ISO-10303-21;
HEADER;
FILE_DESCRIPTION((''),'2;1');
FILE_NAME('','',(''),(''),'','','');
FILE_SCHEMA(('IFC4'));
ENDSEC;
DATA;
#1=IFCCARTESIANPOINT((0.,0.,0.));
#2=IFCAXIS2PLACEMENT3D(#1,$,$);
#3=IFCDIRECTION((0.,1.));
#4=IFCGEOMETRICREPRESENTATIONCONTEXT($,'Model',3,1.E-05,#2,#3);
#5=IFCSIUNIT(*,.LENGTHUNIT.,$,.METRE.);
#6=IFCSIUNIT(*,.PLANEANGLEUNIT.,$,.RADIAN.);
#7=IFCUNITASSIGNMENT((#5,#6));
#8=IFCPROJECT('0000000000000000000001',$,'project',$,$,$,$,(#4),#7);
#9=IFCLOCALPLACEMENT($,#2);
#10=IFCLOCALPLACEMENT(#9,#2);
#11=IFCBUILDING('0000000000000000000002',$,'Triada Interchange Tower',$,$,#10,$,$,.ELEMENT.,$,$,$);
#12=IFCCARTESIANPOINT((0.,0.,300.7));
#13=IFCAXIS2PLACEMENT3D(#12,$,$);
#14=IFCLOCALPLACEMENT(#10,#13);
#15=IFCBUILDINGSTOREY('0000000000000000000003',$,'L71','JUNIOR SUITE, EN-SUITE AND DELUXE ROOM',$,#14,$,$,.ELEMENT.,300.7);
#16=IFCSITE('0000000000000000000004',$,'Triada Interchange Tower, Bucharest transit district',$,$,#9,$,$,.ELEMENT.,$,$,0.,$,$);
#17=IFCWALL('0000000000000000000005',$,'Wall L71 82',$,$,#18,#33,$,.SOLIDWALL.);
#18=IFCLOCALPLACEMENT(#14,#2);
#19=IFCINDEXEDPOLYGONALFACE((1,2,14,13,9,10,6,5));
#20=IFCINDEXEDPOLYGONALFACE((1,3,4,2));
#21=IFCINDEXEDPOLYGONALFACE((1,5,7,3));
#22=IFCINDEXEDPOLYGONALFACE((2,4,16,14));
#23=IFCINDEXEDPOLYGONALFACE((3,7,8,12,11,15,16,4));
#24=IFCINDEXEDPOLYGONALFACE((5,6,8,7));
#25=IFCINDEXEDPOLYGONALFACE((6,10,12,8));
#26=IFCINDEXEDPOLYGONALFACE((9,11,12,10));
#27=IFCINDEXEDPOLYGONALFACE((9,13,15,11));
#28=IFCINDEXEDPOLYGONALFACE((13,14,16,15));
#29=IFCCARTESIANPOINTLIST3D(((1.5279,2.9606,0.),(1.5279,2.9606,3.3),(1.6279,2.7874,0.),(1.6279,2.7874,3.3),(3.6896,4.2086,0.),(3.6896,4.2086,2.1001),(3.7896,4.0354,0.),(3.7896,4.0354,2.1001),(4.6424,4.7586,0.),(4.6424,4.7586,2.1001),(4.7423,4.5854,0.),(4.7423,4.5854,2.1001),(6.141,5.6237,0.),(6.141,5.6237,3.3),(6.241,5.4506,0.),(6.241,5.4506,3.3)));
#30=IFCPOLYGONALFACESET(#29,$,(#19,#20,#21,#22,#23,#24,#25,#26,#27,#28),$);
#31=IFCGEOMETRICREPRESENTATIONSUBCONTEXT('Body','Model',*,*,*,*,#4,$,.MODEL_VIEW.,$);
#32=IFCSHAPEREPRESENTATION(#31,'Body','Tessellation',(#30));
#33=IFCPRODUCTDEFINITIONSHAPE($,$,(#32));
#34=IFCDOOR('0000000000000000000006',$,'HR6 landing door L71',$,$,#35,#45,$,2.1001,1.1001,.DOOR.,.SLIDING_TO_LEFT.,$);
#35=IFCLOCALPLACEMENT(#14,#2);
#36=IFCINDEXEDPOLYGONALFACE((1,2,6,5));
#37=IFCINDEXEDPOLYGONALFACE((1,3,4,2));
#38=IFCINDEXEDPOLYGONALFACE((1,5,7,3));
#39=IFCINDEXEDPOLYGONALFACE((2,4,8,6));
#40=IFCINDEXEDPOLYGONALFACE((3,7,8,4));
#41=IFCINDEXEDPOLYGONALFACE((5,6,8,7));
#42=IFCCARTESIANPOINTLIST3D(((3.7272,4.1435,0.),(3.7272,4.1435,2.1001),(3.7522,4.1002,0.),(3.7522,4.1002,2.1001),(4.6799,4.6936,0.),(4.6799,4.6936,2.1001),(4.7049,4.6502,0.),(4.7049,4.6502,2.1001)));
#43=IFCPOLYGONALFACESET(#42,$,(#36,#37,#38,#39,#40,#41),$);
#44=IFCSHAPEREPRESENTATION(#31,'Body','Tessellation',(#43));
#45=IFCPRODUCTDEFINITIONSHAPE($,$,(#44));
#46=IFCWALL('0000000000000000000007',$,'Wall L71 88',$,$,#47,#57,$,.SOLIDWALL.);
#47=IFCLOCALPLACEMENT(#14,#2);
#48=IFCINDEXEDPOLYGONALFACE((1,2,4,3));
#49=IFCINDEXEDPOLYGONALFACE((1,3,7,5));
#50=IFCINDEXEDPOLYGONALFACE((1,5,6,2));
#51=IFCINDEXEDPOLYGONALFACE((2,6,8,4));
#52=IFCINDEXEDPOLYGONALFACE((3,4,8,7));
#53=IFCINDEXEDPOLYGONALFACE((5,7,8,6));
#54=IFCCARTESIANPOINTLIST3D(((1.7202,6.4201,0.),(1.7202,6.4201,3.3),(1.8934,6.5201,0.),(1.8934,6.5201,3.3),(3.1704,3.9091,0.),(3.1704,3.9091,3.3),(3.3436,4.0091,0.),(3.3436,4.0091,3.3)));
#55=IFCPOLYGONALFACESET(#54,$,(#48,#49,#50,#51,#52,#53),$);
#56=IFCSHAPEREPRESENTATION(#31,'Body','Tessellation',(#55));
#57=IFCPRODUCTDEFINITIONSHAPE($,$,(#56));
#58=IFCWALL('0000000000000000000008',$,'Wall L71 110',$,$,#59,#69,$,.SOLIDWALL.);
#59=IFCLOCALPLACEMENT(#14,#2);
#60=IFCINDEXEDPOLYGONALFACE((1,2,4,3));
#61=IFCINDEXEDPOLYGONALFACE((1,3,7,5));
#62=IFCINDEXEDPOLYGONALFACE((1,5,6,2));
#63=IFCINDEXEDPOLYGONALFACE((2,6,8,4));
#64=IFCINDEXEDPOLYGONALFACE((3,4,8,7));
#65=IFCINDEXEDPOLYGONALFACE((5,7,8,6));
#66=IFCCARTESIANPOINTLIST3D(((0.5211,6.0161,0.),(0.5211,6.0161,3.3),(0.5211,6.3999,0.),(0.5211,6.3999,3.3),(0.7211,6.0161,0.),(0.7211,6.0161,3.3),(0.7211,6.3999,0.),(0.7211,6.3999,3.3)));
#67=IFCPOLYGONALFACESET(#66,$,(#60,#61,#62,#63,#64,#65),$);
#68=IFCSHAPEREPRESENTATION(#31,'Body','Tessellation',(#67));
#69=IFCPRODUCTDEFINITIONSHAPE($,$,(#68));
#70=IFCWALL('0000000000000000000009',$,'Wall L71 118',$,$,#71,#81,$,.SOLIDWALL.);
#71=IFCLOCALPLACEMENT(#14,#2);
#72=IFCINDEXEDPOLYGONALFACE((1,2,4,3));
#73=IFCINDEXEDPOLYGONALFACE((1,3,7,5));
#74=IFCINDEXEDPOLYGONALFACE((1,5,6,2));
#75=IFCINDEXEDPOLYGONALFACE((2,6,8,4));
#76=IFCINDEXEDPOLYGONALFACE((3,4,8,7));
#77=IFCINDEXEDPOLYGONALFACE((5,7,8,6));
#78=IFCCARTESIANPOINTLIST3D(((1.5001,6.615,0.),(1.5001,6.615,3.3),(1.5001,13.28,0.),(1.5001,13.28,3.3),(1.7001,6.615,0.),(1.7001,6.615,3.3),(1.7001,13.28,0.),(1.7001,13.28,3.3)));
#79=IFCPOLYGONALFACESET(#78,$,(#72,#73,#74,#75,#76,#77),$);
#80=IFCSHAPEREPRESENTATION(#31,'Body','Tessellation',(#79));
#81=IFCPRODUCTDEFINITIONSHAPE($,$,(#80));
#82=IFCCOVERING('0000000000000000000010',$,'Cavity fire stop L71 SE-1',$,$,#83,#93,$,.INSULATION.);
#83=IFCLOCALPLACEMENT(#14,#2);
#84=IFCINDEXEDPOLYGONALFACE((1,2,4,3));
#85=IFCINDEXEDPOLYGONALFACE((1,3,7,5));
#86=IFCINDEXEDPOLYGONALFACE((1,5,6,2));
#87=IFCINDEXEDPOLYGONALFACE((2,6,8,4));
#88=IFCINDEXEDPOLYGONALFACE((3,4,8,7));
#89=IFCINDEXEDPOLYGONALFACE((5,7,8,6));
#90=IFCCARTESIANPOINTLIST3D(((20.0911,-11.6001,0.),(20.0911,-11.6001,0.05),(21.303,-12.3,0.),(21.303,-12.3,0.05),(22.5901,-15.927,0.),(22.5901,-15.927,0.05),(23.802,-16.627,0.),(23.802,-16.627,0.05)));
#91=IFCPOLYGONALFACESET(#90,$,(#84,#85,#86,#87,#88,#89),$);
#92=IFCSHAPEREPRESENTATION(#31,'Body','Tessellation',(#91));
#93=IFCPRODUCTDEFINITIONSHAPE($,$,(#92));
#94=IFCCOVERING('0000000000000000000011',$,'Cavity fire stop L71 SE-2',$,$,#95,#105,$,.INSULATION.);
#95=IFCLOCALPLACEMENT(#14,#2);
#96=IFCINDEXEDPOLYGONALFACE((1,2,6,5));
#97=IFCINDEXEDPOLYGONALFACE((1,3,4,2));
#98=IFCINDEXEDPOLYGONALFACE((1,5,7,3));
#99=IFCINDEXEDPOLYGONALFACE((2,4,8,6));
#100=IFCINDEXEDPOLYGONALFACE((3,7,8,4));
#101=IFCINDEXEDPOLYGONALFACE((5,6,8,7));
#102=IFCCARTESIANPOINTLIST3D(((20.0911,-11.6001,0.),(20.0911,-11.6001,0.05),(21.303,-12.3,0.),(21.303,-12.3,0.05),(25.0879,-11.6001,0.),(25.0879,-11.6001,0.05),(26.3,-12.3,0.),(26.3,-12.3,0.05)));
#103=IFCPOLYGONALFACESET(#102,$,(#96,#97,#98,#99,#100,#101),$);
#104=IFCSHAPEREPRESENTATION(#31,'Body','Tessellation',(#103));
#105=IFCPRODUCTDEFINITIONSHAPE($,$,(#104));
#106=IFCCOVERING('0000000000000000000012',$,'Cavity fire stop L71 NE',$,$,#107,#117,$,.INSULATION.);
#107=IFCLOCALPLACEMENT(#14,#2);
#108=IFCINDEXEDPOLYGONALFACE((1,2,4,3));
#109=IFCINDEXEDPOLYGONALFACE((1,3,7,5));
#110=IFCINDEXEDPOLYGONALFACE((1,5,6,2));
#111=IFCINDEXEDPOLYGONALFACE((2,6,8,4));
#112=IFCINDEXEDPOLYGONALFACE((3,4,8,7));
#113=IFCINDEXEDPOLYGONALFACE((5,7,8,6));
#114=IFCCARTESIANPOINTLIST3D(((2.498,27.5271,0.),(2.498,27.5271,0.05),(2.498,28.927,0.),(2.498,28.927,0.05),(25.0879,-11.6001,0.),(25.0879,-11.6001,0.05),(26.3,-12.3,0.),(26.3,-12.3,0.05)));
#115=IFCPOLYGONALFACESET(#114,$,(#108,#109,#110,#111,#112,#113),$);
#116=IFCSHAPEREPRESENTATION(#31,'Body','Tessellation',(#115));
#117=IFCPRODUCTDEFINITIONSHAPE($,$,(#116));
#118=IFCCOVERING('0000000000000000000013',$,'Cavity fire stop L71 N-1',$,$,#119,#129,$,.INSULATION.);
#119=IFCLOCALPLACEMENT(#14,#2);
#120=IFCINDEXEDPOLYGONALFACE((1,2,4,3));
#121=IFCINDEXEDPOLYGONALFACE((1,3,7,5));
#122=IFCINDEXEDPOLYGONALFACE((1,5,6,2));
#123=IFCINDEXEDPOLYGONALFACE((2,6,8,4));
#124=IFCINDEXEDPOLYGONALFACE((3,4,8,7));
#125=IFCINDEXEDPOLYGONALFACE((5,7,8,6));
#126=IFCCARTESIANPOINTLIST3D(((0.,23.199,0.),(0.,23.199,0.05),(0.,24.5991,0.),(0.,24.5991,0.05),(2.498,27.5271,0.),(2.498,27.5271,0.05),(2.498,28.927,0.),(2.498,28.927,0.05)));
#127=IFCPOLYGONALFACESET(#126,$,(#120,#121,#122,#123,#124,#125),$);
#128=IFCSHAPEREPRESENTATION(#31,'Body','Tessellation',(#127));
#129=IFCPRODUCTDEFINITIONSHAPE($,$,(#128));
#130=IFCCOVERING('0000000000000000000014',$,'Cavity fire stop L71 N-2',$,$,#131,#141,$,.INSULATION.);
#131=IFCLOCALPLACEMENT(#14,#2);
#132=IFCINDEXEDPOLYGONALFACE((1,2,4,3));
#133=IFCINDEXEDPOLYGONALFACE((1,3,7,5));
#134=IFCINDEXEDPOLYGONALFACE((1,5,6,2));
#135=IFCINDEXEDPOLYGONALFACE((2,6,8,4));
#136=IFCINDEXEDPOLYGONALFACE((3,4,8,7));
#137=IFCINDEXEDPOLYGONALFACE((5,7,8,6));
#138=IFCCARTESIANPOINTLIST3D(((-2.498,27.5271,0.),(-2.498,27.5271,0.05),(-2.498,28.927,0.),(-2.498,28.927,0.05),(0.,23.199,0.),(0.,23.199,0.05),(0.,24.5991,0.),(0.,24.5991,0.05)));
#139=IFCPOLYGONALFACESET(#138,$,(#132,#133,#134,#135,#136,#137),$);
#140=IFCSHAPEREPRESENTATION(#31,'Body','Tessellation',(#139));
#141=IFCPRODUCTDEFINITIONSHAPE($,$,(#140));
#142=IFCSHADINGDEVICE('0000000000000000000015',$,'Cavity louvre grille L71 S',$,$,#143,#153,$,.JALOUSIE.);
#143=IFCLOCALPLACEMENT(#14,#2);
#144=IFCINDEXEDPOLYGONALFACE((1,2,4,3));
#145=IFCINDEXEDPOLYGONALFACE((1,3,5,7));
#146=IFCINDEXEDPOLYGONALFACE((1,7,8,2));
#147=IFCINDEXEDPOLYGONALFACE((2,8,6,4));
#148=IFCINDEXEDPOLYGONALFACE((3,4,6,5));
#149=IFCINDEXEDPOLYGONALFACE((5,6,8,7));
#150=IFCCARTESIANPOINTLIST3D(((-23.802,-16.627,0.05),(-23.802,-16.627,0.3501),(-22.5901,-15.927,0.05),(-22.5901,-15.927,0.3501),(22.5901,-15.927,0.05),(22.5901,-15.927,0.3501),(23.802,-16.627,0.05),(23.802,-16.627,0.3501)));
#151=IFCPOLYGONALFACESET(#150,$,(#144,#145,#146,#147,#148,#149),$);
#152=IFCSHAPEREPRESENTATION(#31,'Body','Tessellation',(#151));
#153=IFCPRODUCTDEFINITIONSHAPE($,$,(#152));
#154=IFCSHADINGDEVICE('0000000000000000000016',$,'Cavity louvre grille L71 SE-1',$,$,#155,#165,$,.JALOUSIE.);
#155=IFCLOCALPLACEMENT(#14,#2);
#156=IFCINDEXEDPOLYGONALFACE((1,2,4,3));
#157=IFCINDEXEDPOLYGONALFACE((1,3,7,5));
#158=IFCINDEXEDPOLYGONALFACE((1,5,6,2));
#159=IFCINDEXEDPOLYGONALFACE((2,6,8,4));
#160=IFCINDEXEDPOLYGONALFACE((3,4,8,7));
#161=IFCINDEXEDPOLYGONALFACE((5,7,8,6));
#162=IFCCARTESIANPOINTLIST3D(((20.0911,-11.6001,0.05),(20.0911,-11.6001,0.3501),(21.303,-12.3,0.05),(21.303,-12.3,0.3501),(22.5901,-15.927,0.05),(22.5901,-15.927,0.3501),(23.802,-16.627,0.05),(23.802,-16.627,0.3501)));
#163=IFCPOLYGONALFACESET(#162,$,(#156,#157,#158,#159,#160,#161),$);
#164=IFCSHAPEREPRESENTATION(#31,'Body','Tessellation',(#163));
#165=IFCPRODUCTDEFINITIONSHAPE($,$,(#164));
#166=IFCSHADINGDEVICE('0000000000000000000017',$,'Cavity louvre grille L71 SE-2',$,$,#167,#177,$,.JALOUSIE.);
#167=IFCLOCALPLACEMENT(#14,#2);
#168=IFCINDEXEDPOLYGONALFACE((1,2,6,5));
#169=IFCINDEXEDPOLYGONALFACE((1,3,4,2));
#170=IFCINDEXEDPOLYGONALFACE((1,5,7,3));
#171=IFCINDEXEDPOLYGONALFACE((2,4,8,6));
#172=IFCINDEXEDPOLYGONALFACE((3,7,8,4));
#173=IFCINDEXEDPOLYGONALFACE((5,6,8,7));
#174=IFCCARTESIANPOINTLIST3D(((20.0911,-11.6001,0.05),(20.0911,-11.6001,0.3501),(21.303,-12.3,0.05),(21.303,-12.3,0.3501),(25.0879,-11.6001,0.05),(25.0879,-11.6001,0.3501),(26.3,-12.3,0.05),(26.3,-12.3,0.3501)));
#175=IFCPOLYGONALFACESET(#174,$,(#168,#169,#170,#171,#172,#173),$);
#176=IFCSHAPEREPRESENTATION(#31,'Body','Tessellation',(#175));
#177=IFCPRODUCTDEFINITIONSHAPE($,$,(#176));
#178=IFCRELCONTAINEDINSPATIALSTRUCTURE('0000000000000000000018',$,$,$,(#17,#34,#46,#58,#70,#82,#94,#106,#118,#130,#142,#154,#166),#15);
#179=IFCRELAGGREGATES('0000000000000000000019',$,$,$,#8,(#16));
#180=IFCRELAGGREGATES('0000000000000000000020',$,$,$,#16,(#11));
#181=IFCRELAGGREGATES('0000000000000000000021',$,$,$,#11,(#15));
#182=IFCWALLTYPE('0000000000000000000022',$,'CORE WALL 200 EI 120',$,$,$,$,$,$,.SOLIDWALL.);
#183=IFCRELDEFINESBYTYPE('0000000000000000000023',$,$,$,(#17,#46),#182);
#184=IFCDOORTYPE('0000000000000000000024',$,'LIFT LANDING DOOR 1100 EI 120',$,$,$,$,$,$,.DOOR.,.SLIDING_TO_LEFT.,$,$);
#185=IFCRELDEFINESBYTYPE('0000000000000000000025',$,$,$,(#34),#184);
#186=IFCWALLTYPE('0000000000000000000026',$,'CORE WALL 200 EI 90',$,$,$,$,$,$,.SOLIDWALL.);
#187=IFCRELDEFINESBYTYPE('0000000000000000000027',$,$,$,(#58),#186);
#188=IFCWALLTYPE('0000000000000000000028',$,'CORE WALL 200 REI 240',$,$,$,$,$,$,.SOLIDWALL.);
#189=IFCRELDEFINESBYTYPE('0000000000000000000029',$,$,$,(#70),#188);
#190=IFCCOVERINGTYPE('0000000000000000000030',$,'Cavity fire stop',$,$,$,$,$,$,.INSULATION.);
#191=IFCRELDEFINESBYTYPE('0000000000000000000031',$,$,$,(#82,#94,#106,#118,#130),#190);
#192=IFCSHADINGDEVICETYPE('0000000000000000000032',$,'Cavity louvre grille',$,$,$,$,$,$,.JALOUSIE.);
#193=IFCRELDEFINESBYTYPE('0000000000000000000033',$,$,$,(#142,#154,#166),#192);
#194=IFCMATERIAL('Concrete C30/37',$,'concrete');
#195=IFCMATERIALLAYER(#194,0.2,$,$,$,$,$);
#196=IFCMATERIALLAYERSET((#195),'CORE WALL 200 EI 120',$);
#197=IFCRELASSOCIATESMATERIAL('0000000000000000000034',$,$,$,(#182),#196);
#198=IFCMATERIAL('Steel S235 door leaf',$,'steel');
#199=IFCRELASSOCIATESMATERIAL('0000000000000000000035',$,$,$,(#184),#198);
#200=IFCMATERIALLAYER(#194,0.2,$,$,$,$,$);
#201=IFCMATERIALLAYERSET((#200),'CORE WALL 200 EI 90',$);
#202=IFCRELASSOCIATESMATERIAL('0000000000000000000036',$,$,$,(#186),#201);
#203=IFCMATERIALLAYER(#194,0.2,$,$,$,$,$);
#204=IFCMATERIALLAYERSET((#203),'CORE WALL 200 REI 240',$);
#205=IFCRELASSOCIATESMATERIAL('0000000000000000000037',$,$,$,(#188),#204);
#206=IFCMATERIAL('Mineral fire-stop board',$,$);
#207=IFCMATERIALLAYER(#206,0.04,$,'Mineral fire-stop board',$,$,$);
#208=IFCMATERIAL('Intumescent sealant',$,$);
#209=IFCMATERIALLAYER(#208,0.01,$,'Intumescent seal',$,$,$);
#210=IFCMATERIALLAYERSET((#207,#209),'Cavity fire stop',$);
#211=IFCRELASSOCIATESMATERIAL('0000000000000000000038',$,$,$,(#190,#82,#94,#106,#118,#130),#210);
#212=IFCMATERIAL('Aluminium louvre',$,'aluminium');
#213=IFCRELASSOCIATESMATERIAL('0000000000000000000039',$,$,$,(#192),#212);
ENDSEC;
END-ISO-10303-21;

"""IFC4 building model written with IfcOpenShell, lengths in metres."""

from ifc_helpers import new_model, si_unit, direction, frame, frame_2d, origin, place, context, subcontext, project, spatial, polyline, rectangle, outline, extrude, material, layer, layer_set, layer_usage, type_object, element, fill, save


model = new_model("IFC4")

# Units and contexts
model_context = context("Model", 3, precision=1e-05, world=origin(), true_north=direction((0.0, 1.0)))
body_context = subcontext(model_context, "Body", "Model", "MODEL_VIEW")
ifc_project = project(units=[si_unit("LENGTHUNIT", "METRE"), si_unit("PLANEANGLEUNIT", "RADIAN")], contexts=[model_context])

# Site, building, storey
site_placement = place(None, origin())
site = spatial("IfcSite", under=ifc_project, at=site_placement, Name="Triada Interchange Tower, Bucharest transit district", CompositionType="ELEMENT", RefElevation=0.0)
building_placement = place(site_placement, origin())
building = spatial("IfcBuilding", under=site, at=building_placement, Name="Triada Interchange Tower", CompositionType="ELEMENT")
storey_placement = place(building_placement, frame((0.0, 0.0, 300.7)))
storey = spatial("IfcBuildingStorey", under=building, at=storey_placement, Name="L71", Description="JUNIOR SUITE, EN-SUITE AND DELUXE ROOM", CompositionType="ELEMENT", Elevation=300.7)

# Wall, opening, door
ifc_material_1 = material(Name="Concrete C30/37", Category="concrete")
ifc_layer_1 = layer(ifc_material_1, 0.2)
ifc_layer_set_1 = layer_set([ifc_layer_1], Name="CORE WALL 200 EI 120")
wall_type_1 = type_object("IfcWallType", Name="CORE WALL 200 EI 120", PredefinedType="SOLIDWALL", material=ifc_layer_set_1)
ifc_material_2 = material(Name="Steel S235 door leaf", Category="steel")
door_type = type_object("IfcDoorType", Name="LIFT LANDING DOOR 1100 EI 120", OperationType="SLIDING_TO_LEFT", PredefinedType="DOOR", material=ifc_material_2)
wall_1_placement = place(storey_placement, frame((1.5779, 2.874, 0.0), z_axis=(0.0, 0.0, 1.0), x_axis=(0.866046, 0.499964, 0.0)))
wall_1 = element("IfcWall", 1, at=wall_1_placement, inside=storey, type_object=wall_type_1, Name="Wall L71 82", PredefinedType="SOLIDWALL", context=body_context, shape_type="SweptSolid", body=[
    extrude(rectangle(XDim=5.3267, YDim=0.2, at=frame_2d((2.6633, 0.0))), origin(), (0.0, 0.0, 1.0), 3.3),
])
opening_1_placement = place(wall_1_placement, frame((2.4961, 0.0, 0.0)))
opening_1 = element("IfcOpeningElement", 2, at=opening_1_placement, cuts=wall_1, PredefinedType="OPENING", context=body_context, shape_type="SweptSolid", body=[
    extrude(rectangle(XDim=1.1001, YDim=2.1001, at=frame_2d((0.55, 1.05))), frame((0.0, 0.1099, 0.0), z_axis=(0.0, -1.0, 0.0), x_axis=(1.0, 0.0, 0.0)), (0.0, 0.0, 1.0), 0.22),
])
door_1_placement = place(opening_1_placement, origin())
door_1 = element("IfcDoor", 3, at=door_1_placement, inside=storey, type_object=door_type, Name="HR6 landing door L71", OperationType="SLIDING_TO_LEFT", OverallHeight=2.1001, OverallWidth=1.1001, PredefinedType="DOOR", context=body_context, shape_type="SweptSolid", body=[
    extrude(rectangle(XDim=1.1001, YDim=2.1001, at=frame_2d((0.55, 1.05))), frame((0.0, 0.0249, 0.0), z_axis=(0.0, -1.0, 0.0), x_axis=(1.0, 0.0, 0.0)), (0.0, 0.0, 1.0), 0.05),
])
fill(opening_1, door_1)

# Walls
wall_2_placement = place(storey_placement, frame((1.8069, 6.47, 0.0), z_axis=(0.0, 0.0, 1.0), x_axis=(0.500123, -0.865954, 0.0)))
element("IfcWall", 4, at=wall_2_placement, inside=storey, type_object=wall_type_1, Name="Wall L71 88", PredefinedType="SOLIDWALL", context=body_context, shape_type="SweptSolid", body=[
    extrude(rectangle(XDim=2.8997, YDim=0.2, at=frame_2d((1.4497, 0.0))), origin(), (0.0, 0.0, 1.0), 3.3),
])
ifc_layer_2 = layer(ifc_material_1, 0.2)
ifc_layer_set_2 = layer_set([ifc_layer_2], Name="CORE WALL 200 EI 90")
wall_type_2 = type_object("IfcWallType", Name="CORE WALL 200 EI 90", PredefinedType="SOLIDWALL", material=ifc_layer_set_2)
wall_3_placement = place(storey_placement, frame((0.6211, 6.0161, 0.0), z_axis=(0.0, 0.0, 1.0), x_axis=(0.0, 1.0, 0.0)))
element("IfcWall", 5, at=wall_3_placement, inside=storey, type_object=wall_type_2, Name="Wall L71 110", PredefinedType="SOLIDWALL", context=body_context, shape_type="SweptSolid", body=[
    extrude(rectangle(XDim=0.3838, YDim=0.2, at=frame_2d((0.1919, 0.0))), origin(), (0.0, 0.0, 1.0), 3.3),
])
ifc_layer_3 = layer(ifc_material_1, 0.2)
ifc_layer_set_3 = layer_set([ifc_layer_3], Name="CORE WALL 200 REI 240")
wall_type_3 = type_object("IfcWallType", Name="CORE WALL 200 REI 240", PredefinedType="SOLIDWALL", material=ifc_layer_set_3)
wall_4_placement = place(storey_placement, frame((1.6001, 6.615, 0.0), z_axis=(0.0, 0.0, 1.0), x_axis=(0.0, 1.0, 0.0)))
element("IfcWall", 6, at=wall_4_placement, inside=storey, type_object=wall_type_3, Name="Wall L71 118", PredefinedType="SOLIDWALL", context=body_context, shape_type="SweptSolid", body=[
    extrude(rectangle(XDim=6.665, YDim=0.2, at=frame_2d((3.3325, 0.0))), origin(), (0.0, 0.0, 1.0), 3.3),
])

# Coverings
ifc_material_3 = material(Name="Mineral fire-stop board")
ifc_layer_4 = layer(ifc_material_3, 0.04, Name="Mineral fire-stop board")
ifc_material_4 = material(Name="Intumescent sealant")
ifc_layer_5 = layer(ifc_material_4, 0.01, Name="Intumescent seal")
ifc_layer_set_4 = layer_set([ifc_layer_4, ifc_layer_5], Name="Cavity fire stop")
ifc_layer_usage = layer_usage(ifc_layer_set_4, "AXIS3", "POSITIVE", 0.0)
covering_type = type_object("IfcCoveringType", Name="Cavity fire stop", PredefinedType="INSULATION", material=ifc_layer_set_4)
covering_1_placement = place(storey_placement, origin())
element("IfcCovering", 7, at=covering_1_placement, inside=storey, type_object=covering_type, material=ifc_layer_usage, Name="Cavity fire stop L71 SE-1", PredefinedType="INSULATION", context=body_context, shape_type="SweptSolid", body=[
    extrude(outline(polyline([(22.5901, -15.927), (23.802, -16.627), (21.303, -12.3), (20.0911, -11.6001), (22.5901, -15.927)])), origin(), (0.0, 0.0, 1.0), 0.05),
])
covering_2_placement = place(storey_placement, origin())
element("IfcCovering", 8, at=covering_2_placement, inside=storey, type_object=covering_type, material=ifc_layer_usage, Name="Cavity fire stop L71 SE-2", PredefinedType="INSULATION", context=body_context, shape_type="SweptSolid", body=[
    extrude(outline(polyline([(20.0911, -11.6001), (21.303, -12.3), (26.3, -12.3), (25.0879, -11.6001), (20.0911, -11.6001)])), origin(), (0.0, 0.0, 1.0), 0.05),
])
covering_3_placement = place(storey_placement, origin())
element("IfcCovering", 9, at=covering_3_placement, inside=storey, type_object=covering_type, material=ifc_layer_usage, Name="Cavity fire stop L71 NE", PredefinedType="INSULATION", context=body_context, shape_type="SweptSolid", body=[
    extrude(outline(polyline([(25.0879, -11.6001), (26.3, -12.3), (2.498, 28.927), (2.498, 27.5271), (25.0879, -11.6001)])), origin(), (0.0, 0.0, 1.0), 0.05),
])
covering_4_placement = place(storey_placement, origin())
element("IfcCovering", 10, at=covering_4_placement, inside=storey, type_object=covering_type, material=ifc_layer_usage, Name="Cavity fire stop L71 N-1", PredefinedType="INSULATION", context=body_context, shape_type="SweptSolid", body=[
    extrude(outline(polyline([(2.498, 27.5271), (2.498, 28.927), (0.0, 24.5991), (0.0, 23.199), (2.498, 27.5271)])), origin(), (0.0, 0.0, 1.0), 0.05),
])
covering_5_placement = place(storey_placement, origin())
element("IfcCovering", 11, at=covering_5_placement, inside=storey, type_object=covering_type, material=ifc_layer_usage, Name="Cavity fire stop L71 N-2", PredefinedType="INSULATION", context=body_context, shape_type="SweptSolid", body=[
    extrude(outline(polyline([(0.0, 23.199), (0.0, 24.5991), (-2.498, 28.927), (-2.498, 27.5271), (0.0, 23.199)])), origin(), (0.0, 0.0, 1.0), 0.05),
])

# Shading devices
ifc_material_5 = material(Name="Aluminium louvre", Category="aluminium")
shading_device_type = type_object("IfcShadingDeviceType", Name="Cavity louvre grille", PredefinedType="JALOUSIE", material=ifc_material_5)
shading_device_1_placement = place(storey_placement, frame((0.0, 0.0, 0.05)))
element("IfcShadingDevice", 12, at=shading_device_1_placement, inside=storey, type_object=shading_device_type, Name="Cavity louvre grille L71 S", PredefinedType="JALOUSIE", context=body_context, shape_type="SweptSolid", body=[
    extrude(outline(polyline([(-22.5901, -15.927), (-23.802, -16.627), (23.802, -16.627), (22.5901, -15.927), (-22.5901, -15.927)])), origin(), (0.0, 0.0, 1.0), 0.3),
])
shading_device_2_placement = place(storey_placement, frame((0.0, 0.0, 0.05)))
element("IfcShadingDevice", 13, at=shading_device_2_placement, inside=storey, type_object=shading_device_type, Name="Cavity louvre grille L71 SE-1", PredefinedType="JALOUSIE", context=body_context, shape_type="SweptSolid", body=[
    extrude(outline(polyline([(22.5901, -15.927), (23.802, -16.627), (21.303, -12.3), (20.0911, -11.6001), (22.5901, -15.927)])), origin(), (0.0, 0.0, 1.0), 0.3),
])
shading_device_3_placement = place(storey_placement, frame((0.0, 0.0, 0.05)))
element("IfcShadingDevice", 14, at=shading_device_3_placement, inside=storey, type_object=shading_device_type, Name="Cavity louvre grille L71 SE-2", PredefinedType="JALOUSIE", context=body_context, shape_type="SweptSolid", body=[
    extrude(outline(polyline([(20.0911, -11.6001), (21.303, -12.3), (26.3, -12.3), (25.0879, -11.6001), (20.0911, -11.6001)])), origin(), (0.0, 0.0, 1.0), 0.3),
])

save(model, "model.ifc")
